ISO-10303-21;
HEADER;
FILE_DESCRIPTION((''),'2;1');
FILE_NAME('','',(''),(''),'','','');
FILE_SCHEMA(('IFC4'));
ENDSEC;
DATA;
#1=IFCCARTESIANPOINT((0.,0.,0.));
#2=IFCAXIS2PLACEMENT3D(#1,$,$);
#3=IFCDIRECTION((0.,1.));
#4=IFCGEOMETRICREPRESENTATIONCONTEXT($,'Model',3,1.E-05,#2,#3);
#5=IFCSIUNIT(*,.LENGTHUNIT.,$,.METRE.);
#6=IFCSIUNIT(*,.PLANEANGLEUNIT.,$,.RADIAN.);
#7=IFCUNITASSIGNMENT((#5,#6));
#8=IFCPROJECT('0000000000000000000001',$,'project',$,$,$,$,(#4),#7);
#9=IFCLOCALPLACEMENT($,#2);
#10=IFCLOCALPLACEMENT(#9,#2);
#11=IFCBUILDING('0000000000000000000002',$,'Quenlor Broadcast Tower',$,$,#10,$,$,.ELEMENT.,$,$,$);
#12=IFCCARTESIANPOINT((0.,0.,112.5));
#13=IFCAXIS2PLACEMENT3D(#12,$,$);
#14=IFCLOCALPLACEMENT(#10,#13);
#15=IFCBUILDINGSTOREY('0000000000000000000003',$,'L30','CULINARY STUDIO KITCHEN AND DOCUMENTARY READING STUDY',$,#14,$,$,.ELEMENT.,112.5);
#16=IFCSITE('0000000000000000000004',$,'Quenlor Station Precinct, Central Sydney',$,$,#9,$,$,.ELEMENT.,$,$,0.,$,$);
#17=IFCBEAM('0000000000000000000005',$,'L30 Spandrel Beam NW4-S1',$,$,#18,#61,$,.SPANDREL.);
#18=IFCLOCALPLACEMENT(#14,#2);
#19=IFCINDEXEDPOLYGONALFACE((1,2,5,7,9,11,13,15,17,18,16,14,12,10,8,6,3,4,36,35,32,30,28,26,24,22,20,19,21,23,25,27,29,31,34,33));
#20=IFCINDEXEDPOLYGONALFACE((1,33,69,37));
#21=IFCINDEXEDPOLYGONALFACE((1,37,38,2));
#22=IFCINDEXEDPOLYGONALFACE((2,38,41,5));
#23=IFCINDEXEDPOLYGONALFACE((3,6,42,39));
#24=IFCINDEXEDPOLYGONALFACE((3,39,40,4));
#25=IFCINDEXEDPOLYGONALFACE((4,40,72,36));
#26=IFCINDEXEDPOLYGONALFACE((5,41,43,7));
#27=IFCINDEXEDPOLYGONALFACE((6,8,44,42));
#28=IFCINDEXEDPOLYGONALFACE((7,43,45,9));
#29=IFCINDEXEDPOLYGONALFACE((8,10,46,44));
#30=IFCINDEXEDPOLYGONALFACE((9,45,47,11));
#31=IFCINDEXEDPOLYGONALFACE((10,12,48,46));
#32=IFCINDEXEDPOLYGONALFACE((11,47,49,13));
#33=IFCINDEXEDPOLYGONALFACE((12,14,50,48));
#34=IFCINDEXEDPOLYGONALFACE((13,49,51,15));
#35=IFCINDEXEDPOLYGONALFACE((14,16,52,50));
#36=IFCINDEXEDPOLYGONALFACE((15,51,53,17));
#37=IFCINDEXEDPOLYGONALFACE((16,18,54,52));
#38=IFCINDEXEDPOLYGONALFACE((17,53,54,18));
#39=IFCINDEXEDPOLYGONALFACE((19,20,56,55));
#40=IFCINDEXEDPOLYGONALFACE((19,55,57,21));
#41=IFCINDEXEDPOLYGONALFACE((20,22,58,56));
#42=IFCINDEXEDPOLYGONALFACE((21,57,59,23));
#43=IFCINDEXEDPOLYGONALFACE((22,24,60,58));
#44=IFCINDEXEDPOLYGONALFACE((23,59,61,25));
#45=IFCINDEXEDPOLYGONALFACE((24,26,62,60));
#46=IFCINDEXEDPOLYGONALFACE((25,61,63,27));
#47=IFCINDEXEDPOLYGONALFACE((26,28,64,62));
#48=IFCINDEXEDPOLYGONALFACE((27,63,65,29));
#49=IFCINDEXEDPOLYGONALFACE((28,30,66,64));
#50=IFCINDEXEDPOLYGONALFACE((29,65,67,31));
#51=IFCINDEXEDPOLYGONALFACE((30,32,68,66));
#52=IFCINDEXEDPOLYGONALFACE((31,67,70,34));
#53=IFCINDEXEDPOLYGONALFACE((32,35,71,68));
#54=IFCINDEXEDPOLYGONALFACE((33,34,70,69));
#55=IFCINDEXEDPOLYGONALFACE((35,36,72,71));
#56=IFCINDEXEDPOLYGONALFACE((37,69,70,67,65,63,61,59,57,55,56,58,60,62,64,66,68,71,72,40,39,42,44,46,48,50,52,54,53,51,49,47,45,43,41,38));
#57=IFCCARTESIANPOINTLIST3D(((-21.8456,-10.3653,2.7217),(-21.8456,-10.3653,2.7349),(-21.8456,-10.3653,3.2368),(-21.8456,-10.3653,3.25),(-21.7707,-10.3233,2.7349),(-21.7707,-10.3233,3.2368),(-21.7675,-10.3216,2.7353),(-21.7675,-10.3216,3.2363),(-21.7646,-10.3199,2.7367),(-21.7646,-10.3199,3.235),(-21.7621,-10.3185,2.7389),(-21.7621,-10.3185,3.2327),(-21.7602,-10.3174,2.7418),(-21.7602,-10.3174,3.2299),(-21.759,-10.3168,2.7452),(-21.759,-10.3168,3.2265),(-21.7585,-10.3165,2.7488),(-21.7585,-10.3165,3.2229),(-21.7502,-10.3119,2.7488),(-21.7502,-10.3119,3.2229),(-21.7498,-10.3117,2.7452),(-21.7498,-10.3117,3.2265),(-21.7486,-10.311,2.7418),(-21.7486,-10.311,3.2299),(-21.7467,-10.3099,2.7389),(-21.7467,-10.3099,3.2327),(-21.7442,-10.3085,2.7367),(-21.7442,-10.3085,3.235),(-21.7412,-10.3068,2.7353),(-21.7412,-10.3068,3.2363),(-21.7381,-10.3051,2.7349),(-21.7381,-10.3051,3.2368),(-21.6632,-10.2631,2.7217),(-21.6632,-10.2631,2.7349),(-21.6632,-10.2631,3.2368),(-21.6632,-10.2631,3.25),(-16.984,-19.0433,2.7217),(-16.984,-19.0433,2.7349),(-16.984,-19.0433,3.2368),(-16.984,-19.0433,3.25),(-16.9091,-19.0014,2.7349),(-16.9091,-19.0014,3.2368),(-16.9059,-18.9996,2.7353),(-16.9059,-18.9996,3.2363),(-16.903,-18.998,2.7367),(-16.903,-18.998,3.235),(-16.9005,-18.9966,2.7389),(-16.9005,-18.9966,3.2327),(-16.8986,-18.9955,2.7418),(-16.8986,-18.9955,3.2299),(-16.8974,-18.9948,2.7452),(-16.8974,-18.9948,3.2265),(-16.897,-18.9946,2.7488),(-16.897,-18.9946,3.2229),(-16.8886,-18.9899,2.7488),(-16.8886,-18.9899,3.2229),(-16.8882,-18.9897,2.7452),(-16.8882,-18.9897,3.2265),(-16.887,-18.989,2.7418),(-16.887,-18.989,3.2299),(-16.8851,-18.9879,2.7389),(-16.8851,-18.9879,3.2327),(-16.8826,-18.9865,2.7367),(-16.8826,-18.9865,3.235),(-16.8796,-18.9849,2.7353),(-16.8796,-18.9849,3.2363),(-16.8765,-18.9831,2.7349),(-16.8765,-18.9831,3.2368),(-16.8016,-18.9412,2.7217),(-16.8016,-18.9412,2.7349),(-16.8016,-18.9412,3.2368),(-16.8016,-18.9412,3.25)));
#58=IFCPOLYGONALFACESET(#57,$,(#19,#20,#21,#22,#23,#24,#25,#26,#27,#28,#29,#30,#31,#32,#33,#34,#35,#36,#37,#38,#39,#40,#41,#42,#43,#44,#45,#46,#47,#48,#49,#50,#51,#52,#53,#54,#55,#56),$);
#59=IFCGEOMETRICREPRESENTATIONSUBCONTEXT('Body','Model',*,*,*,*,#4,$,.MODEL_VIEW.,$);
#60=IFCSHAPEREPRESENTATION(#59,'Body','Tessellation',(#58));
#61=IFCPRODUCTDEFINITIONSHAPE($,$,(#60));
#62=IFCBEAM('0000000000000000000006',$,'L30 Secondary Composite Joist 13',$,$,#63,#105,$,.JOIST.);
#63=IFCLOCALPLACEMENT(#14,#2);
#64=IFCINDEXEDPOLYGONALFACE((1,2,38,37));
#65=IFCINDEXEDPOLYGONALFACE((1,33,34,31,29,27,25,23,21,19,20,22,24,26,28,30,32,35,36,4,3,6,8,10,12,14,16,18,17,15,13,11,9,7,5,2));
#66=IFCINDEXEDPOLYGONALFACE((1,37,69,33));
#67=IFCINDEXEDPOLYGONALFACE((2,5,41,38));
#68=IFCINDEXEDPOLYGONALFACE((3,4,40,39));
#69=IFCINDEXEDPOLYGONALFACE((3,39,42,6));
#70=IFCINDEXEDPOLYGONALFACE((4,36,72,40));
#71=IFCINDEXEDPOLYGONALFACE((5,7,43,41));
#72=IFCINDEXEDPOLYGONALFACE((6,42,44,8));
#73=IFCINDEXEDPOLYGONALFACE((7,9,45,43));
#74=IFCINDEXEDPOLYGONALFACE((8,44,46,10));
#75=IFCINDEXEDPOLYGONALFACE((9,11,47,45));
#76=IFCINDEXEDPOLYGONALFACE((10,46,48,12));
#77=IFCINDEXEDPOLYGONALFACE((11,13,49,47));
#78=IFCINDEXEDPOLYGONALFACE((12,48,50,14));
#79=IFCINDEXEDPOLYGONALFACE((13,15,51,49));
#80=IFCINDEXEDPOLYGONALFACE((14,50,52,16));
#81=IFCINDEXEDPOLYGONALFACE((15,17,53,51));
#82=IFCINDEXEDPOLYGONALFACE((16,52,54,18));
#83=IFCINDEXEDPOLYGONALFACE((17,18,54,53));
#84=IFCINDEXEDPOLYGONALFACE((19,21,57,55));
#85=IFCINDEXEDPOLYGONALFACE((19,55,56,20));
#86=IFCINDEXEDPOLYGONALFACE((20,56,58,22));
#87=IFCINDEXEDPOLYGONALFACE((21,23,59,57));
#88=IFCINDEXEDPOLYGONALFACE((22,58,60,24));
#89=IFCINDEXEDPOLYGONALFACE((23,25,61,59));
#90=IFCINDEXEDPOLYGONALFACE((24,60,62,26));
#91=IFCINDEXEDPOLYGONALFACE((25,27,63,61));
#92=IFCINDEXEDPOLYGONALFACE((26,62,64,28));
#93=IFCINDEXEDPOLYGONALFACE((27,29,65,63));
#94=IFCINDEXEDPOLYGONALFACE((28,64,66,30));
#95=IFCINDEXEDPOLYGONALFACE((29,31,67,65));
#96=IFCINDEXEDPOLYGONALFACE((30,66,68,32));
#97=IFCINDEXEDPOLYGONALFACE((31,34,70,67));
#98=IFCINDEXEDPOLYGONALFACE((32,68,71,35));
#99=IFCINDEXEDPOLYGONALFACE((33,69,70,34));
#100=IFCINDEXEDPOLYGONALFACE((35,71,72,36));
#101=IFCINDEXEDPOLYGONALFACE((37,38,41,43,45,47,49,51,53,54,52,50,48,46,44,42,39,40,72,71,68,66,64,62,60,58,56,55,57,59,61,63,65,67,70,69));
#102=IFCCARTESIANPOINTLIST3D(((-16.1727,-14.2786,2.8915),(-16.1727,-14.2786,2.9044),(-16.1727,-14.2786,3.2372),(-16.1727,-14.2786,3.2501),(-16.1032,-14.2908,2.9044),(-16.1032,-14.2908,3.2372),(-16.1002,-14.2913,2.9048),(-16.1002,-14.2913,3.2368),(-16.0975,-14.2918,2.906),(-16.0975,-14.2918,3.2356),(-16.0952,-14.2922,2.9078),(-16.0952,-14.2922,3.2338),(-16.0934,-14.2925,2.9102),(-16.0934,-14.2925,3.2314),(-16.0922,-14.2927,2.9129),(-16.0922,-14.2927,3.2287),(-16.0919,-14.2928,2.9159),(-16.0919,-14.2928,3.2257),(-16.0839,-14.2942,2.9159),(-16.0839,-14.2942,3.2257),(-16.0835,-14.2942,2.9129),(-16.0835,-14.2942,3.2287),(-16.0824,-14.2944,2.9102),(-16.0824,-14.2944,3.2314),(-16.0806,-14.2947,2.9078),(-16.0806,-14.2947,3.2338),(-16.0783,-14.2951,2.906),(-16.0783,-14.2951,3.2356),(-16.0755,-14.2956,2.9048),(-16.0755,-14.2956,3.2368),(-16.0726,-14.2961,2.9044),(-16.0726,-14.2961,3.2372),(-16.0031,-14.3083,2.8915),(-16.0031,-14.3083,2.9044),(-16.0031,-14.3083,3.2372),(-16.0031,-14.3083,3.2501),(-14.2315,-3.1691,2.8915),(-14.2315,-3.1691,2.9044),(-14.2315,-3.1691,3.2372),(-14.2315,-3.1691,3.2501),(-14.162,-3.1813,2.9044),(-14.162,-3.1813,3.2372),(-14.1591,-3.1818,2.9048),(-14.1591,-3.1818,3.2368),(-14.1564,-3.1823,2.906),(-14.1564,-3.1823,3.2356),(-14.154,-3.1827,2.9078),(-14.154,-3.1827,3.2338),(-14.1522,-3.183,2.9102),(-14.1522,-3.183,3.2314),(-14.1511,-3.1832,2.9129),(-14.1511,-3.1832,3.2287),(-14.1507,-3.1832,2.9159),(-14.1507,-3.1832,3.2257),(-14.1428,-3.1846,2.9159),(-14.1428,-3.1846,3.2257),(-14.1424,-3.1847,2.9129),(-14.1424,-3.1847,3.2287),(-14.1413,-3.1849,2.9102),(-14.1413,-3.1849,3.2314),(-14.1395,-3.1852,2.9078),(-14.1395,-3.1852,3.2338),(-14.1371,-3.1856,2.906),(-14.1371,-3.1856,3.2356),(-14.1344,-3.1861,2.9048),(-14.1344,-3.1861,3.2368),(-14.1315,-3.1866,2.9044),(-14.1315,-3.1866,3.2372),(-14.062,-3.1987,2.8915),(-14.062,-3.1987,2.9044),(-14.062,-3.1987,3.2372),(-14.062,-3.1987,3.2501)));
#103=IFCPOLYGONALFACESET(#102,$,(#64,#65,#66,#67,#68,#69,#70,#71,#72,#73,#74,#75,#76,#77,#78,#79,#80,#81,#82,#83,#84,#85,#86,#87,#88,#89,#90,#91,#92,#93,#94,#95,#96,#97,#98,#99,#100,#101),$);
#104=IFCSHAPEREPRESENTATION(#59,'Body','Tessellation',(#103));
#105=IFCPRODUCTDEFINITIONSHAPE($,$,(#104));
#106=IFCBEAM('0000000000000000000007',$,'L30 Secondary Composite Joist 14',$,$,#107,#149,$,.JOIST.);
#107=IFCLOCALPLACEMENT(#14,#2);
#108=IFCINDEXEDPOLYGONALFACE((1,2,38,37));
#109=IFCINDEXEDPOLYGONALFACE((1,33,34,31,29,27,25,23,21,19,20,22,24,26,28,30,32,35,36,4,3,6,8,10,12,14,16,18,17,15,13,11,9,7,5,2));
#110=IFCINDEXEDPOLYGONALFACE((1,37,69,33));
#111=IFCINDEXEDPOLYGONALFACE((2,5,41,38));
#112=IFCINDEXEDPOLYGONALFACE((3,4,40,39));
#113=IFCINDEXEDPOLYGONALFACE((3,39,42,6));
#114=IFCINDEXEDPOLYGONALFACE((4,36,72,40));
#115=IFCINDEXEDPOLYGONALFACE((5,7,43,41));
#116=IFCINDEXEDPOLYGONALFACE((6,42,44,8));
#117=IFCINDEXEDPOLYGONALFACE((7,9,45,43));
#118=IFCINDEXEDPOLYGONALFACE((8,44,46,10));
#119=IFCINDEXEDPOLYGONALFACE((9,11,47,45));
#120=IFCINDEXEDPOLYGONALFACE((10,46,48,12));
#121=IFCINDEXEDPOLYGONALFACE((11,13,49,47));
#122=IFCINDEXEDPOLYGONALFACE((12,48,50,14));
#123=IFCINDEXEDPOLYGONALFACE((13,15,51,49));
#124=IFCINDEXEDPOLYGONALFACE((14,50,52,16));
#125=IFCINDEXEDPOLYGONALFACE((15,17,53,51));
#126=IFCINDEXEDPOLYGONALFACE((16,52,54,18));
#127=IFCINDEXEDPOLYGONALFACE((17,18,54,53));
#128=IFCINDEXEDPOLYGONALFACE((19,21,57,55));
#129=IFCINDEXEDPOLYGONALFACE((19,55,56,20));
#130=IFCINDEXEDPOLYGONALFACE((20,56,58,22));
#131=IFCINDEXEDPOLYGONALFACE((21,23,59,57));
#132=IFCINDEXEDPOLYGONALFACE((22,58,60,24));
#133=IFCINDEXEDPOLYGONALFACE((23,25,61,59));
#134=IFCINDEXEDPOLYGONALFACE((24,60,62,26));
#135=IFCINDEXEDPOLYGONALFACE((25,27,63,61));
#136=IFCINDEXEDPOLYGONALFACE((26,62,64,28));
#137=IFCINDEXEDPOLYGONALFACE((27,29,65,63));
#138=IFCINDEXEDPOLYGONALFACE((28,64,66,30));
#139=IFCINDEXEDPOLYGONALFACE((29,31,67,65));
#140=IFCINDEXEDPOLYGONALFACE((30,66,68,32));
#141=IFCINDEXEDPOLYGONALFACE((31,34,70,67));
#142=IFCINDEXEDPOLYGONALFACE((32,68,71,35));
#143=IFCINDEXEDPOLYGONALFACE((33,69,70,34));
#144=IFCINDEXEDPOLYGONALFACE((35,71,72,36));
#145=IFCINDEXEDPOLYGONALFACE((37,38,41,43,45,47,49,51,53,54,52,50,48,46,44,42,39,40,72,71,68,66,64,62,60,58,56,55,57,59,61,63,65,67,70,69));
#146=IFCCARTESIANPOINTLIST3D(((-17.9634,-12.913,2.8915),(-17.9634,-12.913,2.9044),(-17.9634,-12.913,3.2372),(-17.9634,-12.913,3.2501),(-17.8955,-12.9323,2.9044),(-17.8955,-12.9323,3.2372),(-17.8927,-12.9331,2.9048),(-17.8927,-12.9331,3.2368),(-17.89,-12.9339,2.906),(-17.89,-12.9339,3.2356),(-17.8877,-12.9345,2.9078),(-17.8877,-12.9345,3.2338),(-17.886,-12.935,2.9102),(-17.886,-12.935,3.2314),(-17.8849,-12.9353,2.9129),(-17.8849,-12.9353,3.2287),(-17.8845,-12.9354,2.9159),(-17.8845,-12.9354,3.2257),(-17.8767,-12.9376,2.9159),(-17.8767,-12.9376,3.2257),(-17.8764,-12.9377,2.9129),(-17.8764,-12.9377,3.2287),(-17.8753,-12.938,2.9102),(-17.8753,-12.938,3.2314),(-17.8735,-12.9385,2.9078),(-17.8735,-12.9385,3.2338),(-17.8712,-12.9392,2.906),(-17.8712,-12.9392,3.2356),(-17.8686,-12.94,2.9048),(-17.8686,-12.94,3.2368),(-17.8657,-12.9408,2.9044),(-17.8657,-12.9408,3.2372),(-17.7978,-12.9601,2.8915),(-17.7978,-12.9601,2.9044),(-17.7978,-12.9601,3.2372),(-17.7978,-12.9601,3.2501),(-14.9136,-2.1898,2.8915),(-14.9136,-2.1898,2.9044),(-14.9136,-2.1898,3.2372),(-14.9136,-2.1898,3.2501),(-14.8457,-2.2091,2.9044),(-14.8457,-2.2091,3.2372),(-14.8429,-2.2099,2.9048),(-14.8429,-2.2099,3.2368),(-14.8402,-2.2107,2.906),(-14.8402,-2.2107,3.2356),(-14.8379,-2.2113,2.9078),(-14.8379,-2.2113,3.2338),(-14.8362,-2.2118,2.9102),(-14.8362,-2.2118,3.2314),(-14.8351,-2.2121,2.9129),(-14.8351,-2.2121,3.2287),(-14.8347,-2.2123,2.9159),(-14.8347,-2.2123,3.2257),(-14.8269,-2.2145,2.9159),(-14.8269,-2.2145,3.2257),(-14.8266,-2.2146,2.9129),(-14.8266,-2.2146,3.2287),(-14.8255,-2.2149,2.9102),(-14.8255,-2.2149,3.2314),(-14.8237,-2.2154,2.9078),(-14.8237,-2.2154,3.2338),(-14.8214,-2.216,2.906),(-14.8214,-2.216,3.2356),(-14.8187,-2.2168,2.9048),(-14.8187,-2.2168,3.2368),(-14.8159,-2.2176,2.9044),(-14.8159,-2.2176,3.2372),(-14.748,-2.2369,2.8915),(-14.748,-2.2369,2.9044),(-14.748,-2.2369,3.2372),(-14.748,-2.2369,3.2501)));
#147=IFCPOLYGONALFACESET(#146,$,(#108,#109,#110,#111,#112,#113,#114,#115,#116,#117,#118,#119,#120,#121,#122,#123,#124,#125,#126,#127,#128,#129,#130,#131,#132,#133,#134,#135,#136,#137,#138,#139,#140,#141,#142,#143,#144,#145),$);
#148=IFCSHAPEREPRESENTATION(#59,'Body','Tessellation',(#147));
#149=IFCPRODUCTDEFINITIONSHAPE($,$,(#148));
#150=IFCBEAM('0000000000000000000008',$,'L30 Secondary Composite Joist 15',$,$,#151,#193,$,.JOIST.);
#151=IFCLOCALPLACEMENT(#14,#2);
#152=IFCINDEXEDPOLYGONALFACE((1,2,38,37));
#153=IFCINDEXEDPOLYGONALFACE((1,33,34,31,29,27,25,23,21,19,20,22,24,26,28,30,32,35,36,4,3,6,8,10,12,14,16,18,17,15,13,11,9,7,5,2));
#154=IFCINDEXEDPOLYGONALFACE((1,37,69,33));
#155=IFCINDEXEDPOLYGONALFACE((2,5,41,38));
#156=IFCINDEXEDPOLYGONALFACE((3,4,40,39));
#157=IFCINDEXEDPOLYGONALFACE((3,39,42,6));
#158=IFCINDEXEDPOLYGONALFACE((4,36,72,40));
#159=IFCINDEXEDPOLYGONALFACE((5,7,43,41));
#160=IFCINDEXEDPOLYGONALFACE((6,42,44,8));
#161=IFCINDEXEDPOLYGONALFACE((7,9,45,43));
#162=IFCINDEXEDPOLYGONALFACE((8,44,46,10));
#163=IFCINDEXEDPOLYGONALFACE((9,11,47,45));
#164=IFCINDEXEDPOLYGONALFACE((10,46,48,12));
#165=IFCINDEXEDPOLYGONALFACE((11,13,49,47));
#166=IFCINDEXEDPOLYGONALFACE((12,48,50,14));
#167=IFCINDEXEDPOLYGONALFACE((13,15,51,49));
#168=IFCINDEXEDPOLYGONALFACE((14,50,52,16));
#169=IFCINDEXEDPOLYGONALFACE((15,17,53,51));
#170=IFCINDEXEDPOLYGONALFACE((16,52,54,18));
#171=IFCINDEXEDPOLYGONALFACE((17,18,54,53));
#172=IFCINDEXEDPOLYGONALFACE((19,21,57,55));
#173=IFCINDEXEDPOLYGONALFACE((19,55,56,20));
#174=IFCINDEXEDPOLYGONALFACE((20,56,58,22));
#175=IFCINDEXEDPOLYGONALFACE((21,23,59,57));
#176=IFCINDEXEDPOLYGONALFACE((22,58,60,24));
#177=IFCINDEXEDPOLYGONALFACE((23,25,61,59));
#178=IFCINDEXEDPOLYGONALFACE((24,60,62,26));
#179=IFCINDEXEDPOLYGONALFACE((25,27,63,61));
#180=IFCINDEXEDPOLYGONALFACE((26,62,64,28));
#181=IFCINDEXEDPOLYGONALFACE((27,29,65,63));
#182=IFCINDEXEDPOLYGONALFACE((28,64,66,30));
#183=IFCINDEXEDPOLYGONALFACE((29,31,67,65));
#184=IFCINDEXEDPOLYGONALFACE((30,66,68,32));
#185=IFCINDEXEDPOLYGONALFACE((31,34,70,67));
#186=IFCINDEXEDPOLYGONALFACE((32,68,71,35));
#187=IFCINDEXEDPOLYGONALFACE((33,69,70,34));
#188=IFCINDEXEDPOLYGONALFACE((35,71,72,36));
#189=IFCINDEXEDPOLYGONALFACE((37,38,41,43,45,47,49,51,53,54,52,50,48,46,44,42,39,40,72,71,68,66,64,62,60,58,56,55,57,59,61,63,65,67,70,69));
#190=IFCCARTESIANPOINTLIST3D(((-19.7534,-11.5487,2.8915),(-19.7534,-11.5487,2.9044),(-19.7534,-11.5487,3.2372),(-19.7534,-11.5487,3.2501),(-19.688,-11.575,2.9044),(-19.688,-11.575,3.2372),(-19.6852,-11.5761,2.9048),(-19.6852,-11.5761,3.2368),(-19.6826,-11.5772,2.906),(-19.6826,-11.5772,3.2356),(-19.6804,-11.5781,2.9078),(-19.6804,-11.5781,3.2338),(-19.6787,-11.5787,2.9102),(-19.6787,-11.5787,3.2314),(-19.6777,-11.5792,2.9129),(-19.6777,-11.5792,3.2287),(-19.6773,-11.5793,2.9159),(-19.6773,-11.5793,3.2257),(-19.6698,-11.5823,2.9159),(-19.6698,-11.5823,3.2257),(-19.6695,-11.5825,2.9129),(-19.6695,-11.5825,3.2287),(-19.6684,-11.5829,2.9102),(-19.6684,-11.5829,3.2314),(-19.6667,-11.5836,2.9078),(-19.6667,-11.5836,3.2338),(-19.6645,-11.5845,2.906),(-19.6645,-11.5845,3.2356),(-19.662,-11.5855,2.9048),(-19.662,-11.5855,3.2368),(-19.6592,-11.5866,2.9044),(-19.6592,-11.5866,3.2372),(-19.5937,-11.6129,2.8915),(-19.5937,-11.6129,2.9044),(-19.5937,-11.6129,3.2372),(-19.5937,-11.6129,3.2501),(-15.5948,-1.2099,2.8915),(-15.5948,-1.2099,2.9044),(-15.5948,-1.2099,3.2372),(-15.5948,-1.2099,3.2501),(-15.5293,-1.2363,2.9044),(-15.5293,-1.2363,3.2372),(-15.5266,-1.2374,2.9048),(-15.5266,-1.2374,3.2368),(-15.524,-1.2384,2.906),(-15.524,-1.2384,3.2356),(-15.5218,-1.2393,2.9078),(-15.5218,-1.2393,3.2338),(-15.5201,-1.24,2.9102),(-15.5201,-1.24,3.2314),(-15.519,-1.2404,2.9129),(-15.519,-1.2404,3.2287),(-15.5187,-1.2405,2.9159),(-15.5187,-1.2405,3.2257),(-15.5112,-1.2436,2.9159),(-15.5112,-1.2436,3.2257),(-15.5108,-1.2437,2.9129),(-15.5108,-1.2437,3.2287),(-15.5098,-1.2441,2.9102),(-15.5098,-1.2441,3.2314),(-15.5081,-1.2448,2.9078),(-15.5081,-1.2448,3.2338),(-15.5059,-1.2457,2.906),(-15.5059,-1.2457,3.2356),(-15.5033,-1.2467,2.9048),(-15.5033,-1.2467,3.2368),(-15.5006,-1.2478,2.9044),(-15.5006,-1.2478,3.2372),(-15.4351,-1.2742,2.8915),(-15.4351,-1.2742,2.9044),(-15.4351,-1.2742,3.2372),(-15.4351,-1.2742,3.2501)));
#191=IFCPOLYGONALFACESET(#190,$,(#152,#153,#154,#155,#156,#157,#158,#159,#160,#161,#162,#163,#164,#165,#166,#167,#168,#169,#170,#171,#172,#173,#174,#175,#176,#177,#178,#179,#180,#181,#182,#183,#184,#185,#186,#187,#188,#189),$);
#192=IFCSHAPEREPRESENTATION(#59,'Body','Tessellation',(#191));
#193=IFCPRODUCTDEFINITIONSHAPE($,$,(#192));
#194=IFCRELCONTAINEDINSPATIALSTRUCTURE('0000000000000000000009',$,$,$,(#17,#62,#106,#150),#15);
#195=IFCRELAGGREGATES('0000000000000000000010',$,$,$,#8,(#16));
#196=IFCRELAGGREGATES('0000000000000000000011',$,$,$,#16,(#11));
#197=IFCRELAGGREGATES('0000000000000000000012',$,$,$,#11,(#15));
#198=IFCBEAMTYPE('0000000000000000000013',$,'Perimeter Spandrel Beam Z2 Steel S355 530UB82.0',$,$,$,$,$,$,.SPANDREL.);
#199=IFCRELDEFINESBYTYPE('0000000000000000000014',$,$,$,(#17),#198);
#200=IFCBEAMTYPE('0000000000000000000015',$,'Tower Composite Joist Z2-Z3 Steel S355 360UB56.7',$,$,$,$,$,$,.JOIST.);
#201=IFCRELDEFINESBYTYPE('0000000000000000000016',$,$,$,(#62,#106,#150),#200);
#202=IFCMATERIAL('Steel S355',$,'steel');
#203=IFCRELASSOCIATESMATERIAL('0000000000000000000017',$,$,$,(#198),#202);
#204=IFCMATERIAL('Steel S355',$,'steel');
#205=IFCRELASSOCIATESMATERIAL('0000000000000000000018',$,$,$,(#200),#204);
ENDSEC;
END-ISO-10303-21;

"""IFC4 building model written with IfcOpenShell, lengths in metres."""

from ifc_helpers import new_model, si_unit, direction, frame, origin, origin_2d, place, context, subcontext, project, spatial, i_section, extrude, material, material_profile, profile_set, type_object, element, save


model = new_model("IFC4")

# Units and contexts
model_context = context("Model", 3, precision=1e-05, world=origin(), true_north=direction((0.0, 1.0)))
body_context = subcontext(model_context, "Body", "Model", "MODEL_VIEW")
ifc_project = project(units=[si_unit("LENGTHUNIT", "METRE"), si_unit("PLANEANGLEUNIT", "RADIAN")], contexts=[model_context])

# Site, building, storey
site_placement = place(None, origin())
site = spatial("IfcSite", under=ifc_project, at=site_placement, Name="Quenlor Station Precinct, Central Sydney", CompositionType="ELEMENT", RefElevation=0.0)
building_placement = place(site_placement, origin())
building = spatial("IfcBuilding", under=site, at=building_placement, Name="Quenlor Broadcast Tower", CompositionType="ELEMENT")
storey_placement = place(building_placement, frame((0.0, 0.0, 112.5)))
storey = spatial("IfcBuildingStorey", under=building, at=storey_placement, Name="L30", Description="CULINARY STUDIO KITCHEN AND DOCUMENTARY READING STUDY", CompositionType="ELEMENT", Elevation=112.5)

# Beams
ifc_material_1 = material(Name="Steel S355", Category="steel")
ifc_material_profile_1 = material_profile(ifc_material_1, i_section(OverallWidth=0.209, OverallDepth=0.5283, WebThickness=0.0095, FlangeThickness=0.0132, FilletRadius=0.0139, at=origin_2d()))
ifc_profile_set_1 = profile_set([ifc_material_profile_1], Name="Steel S355 530UB82.0")
beam_type_1 = type_object("IfcBeamType", Name="Perimeter Spandrel Beam Z2 Steel S355 530UB82.0", PredefinedType="SPANDREL", material=ifc_profile_set_1)
beam_1_placement = place(storey_placement, frame((-21.7544, -10.3142, 2.9858), z_axis=(0.488749, -0.872424, 0.0), x_axis=(0.872424, 0.488749, 0.0)))
element("IfcBeam", 1, at=beam_1_placement, inside=storey, type_object=beam_type_1, Name="L30 Spandrel Beam NW4-S1", PredefinedType="SPANDREL", context=body_context, shape_type="SweptSolid", body=[
    extrude(i_section(OverallWidth=0.209, OverallDepth=0.5283, WebThickness=0.0095, FlangeThickness=0.0132, FilletRadius=0.0139, at=origin_2d()), origin(), (0.0, 0.0, 1.0), 9.947),
])
ifc_material_2 = material(Name="Steel S355", Category="steel")
ifc_material_profile_2 = material_profile(ifc_material_2, i_section(OverallWidth=0.1721, OverallDepth=0.3586, WebThickness=0.0081, FlangeThickness=0.0129, FilletRadius=0.0115, at=origin_2d()))
ifc_profile_set_2 = profile_set([ifc_material_profile_2], Name="Steel S355 360UB56.7")
beam_type_2 = type_object("IfcBeamType", Name="Tower Composite Joist Z2-Z3 Steel S355 360UB56.7", PredefinedType="JOIST", material=ifc_profile_set_2)
beam_2_placement = place(storey_placement, frame((-16.0879, -14.2935, 3.0708), z_axis=(0.17212, 0.985076, 0.0), x_axis=(-0.985076, 0.17212, 0.0)))
element("IfcBeam", 2, at=beam_2_placement, inside=storey, type_object=beam_type_2, Name="L30 Secondary Composite Joist 13", PredefinedType="JOIST", context=body_context, shape_type="SweptSolid", body=[
    extrude(i_section(OverallWidth=0.1721, OverallDepth=0.3586, WebThickness=0.0081, FlangeThickness=0.0129, FilletRadius=0.0115, at=origin_2d()), origin(), (0.0, 0.0, 1.0), 11.2778),
])
beam_3_placement = place(storey_placement, frame((-17.8806, -12.9365, 3.0708), z_axis=(0.273564, 0.961854, 0.0), x_axis=(-0.961854, 0.273564, 0.0)))
element("IfcBeam", 3, at=beam_3_placement, inside=storey, type_object=beam_type_2, Name="L30 Secondary Composite Joist 14", PredefinedType="JOIST", context=body_context, shape_type="SweptSolid", body=[
    extrude(i_section(OverallWidth=0.1721, OverallDepth=0.3586, WebThickness=0.0081, FlangeThickness=0.0129, FilletRadius=0.0115, at=origin_2d()), origin(), (0.0, 0.0, 1.0), 11.1484),
])
beam_4_placement = place(storey_placement, frame((-19.6736, -11.5808, 3.0708), z_axis=(0.37318, 0.927759, 0.0), x_axis=(-0.927759, 0.37318, 0.0)))
element("IfcBeam", 4, at=beam_4_placement, inside=storey, type_object=beam_type_2, Name="L30 Secondary Composite Joist 15", PredefinedType="JOIST", context=body_context, shape_type="SweptSolid", body=[
    extrude(i_section(OverallWidth=0.1721, OverallDepth=0.3586, WebThickness=0.0081, FlangeThickness=0.0129, FilletRadius=0.0115, at=origin_2d()), origin(), (0.0, 0.0, 1.0), 11.1438),
])

save(model, "model.ifc")
